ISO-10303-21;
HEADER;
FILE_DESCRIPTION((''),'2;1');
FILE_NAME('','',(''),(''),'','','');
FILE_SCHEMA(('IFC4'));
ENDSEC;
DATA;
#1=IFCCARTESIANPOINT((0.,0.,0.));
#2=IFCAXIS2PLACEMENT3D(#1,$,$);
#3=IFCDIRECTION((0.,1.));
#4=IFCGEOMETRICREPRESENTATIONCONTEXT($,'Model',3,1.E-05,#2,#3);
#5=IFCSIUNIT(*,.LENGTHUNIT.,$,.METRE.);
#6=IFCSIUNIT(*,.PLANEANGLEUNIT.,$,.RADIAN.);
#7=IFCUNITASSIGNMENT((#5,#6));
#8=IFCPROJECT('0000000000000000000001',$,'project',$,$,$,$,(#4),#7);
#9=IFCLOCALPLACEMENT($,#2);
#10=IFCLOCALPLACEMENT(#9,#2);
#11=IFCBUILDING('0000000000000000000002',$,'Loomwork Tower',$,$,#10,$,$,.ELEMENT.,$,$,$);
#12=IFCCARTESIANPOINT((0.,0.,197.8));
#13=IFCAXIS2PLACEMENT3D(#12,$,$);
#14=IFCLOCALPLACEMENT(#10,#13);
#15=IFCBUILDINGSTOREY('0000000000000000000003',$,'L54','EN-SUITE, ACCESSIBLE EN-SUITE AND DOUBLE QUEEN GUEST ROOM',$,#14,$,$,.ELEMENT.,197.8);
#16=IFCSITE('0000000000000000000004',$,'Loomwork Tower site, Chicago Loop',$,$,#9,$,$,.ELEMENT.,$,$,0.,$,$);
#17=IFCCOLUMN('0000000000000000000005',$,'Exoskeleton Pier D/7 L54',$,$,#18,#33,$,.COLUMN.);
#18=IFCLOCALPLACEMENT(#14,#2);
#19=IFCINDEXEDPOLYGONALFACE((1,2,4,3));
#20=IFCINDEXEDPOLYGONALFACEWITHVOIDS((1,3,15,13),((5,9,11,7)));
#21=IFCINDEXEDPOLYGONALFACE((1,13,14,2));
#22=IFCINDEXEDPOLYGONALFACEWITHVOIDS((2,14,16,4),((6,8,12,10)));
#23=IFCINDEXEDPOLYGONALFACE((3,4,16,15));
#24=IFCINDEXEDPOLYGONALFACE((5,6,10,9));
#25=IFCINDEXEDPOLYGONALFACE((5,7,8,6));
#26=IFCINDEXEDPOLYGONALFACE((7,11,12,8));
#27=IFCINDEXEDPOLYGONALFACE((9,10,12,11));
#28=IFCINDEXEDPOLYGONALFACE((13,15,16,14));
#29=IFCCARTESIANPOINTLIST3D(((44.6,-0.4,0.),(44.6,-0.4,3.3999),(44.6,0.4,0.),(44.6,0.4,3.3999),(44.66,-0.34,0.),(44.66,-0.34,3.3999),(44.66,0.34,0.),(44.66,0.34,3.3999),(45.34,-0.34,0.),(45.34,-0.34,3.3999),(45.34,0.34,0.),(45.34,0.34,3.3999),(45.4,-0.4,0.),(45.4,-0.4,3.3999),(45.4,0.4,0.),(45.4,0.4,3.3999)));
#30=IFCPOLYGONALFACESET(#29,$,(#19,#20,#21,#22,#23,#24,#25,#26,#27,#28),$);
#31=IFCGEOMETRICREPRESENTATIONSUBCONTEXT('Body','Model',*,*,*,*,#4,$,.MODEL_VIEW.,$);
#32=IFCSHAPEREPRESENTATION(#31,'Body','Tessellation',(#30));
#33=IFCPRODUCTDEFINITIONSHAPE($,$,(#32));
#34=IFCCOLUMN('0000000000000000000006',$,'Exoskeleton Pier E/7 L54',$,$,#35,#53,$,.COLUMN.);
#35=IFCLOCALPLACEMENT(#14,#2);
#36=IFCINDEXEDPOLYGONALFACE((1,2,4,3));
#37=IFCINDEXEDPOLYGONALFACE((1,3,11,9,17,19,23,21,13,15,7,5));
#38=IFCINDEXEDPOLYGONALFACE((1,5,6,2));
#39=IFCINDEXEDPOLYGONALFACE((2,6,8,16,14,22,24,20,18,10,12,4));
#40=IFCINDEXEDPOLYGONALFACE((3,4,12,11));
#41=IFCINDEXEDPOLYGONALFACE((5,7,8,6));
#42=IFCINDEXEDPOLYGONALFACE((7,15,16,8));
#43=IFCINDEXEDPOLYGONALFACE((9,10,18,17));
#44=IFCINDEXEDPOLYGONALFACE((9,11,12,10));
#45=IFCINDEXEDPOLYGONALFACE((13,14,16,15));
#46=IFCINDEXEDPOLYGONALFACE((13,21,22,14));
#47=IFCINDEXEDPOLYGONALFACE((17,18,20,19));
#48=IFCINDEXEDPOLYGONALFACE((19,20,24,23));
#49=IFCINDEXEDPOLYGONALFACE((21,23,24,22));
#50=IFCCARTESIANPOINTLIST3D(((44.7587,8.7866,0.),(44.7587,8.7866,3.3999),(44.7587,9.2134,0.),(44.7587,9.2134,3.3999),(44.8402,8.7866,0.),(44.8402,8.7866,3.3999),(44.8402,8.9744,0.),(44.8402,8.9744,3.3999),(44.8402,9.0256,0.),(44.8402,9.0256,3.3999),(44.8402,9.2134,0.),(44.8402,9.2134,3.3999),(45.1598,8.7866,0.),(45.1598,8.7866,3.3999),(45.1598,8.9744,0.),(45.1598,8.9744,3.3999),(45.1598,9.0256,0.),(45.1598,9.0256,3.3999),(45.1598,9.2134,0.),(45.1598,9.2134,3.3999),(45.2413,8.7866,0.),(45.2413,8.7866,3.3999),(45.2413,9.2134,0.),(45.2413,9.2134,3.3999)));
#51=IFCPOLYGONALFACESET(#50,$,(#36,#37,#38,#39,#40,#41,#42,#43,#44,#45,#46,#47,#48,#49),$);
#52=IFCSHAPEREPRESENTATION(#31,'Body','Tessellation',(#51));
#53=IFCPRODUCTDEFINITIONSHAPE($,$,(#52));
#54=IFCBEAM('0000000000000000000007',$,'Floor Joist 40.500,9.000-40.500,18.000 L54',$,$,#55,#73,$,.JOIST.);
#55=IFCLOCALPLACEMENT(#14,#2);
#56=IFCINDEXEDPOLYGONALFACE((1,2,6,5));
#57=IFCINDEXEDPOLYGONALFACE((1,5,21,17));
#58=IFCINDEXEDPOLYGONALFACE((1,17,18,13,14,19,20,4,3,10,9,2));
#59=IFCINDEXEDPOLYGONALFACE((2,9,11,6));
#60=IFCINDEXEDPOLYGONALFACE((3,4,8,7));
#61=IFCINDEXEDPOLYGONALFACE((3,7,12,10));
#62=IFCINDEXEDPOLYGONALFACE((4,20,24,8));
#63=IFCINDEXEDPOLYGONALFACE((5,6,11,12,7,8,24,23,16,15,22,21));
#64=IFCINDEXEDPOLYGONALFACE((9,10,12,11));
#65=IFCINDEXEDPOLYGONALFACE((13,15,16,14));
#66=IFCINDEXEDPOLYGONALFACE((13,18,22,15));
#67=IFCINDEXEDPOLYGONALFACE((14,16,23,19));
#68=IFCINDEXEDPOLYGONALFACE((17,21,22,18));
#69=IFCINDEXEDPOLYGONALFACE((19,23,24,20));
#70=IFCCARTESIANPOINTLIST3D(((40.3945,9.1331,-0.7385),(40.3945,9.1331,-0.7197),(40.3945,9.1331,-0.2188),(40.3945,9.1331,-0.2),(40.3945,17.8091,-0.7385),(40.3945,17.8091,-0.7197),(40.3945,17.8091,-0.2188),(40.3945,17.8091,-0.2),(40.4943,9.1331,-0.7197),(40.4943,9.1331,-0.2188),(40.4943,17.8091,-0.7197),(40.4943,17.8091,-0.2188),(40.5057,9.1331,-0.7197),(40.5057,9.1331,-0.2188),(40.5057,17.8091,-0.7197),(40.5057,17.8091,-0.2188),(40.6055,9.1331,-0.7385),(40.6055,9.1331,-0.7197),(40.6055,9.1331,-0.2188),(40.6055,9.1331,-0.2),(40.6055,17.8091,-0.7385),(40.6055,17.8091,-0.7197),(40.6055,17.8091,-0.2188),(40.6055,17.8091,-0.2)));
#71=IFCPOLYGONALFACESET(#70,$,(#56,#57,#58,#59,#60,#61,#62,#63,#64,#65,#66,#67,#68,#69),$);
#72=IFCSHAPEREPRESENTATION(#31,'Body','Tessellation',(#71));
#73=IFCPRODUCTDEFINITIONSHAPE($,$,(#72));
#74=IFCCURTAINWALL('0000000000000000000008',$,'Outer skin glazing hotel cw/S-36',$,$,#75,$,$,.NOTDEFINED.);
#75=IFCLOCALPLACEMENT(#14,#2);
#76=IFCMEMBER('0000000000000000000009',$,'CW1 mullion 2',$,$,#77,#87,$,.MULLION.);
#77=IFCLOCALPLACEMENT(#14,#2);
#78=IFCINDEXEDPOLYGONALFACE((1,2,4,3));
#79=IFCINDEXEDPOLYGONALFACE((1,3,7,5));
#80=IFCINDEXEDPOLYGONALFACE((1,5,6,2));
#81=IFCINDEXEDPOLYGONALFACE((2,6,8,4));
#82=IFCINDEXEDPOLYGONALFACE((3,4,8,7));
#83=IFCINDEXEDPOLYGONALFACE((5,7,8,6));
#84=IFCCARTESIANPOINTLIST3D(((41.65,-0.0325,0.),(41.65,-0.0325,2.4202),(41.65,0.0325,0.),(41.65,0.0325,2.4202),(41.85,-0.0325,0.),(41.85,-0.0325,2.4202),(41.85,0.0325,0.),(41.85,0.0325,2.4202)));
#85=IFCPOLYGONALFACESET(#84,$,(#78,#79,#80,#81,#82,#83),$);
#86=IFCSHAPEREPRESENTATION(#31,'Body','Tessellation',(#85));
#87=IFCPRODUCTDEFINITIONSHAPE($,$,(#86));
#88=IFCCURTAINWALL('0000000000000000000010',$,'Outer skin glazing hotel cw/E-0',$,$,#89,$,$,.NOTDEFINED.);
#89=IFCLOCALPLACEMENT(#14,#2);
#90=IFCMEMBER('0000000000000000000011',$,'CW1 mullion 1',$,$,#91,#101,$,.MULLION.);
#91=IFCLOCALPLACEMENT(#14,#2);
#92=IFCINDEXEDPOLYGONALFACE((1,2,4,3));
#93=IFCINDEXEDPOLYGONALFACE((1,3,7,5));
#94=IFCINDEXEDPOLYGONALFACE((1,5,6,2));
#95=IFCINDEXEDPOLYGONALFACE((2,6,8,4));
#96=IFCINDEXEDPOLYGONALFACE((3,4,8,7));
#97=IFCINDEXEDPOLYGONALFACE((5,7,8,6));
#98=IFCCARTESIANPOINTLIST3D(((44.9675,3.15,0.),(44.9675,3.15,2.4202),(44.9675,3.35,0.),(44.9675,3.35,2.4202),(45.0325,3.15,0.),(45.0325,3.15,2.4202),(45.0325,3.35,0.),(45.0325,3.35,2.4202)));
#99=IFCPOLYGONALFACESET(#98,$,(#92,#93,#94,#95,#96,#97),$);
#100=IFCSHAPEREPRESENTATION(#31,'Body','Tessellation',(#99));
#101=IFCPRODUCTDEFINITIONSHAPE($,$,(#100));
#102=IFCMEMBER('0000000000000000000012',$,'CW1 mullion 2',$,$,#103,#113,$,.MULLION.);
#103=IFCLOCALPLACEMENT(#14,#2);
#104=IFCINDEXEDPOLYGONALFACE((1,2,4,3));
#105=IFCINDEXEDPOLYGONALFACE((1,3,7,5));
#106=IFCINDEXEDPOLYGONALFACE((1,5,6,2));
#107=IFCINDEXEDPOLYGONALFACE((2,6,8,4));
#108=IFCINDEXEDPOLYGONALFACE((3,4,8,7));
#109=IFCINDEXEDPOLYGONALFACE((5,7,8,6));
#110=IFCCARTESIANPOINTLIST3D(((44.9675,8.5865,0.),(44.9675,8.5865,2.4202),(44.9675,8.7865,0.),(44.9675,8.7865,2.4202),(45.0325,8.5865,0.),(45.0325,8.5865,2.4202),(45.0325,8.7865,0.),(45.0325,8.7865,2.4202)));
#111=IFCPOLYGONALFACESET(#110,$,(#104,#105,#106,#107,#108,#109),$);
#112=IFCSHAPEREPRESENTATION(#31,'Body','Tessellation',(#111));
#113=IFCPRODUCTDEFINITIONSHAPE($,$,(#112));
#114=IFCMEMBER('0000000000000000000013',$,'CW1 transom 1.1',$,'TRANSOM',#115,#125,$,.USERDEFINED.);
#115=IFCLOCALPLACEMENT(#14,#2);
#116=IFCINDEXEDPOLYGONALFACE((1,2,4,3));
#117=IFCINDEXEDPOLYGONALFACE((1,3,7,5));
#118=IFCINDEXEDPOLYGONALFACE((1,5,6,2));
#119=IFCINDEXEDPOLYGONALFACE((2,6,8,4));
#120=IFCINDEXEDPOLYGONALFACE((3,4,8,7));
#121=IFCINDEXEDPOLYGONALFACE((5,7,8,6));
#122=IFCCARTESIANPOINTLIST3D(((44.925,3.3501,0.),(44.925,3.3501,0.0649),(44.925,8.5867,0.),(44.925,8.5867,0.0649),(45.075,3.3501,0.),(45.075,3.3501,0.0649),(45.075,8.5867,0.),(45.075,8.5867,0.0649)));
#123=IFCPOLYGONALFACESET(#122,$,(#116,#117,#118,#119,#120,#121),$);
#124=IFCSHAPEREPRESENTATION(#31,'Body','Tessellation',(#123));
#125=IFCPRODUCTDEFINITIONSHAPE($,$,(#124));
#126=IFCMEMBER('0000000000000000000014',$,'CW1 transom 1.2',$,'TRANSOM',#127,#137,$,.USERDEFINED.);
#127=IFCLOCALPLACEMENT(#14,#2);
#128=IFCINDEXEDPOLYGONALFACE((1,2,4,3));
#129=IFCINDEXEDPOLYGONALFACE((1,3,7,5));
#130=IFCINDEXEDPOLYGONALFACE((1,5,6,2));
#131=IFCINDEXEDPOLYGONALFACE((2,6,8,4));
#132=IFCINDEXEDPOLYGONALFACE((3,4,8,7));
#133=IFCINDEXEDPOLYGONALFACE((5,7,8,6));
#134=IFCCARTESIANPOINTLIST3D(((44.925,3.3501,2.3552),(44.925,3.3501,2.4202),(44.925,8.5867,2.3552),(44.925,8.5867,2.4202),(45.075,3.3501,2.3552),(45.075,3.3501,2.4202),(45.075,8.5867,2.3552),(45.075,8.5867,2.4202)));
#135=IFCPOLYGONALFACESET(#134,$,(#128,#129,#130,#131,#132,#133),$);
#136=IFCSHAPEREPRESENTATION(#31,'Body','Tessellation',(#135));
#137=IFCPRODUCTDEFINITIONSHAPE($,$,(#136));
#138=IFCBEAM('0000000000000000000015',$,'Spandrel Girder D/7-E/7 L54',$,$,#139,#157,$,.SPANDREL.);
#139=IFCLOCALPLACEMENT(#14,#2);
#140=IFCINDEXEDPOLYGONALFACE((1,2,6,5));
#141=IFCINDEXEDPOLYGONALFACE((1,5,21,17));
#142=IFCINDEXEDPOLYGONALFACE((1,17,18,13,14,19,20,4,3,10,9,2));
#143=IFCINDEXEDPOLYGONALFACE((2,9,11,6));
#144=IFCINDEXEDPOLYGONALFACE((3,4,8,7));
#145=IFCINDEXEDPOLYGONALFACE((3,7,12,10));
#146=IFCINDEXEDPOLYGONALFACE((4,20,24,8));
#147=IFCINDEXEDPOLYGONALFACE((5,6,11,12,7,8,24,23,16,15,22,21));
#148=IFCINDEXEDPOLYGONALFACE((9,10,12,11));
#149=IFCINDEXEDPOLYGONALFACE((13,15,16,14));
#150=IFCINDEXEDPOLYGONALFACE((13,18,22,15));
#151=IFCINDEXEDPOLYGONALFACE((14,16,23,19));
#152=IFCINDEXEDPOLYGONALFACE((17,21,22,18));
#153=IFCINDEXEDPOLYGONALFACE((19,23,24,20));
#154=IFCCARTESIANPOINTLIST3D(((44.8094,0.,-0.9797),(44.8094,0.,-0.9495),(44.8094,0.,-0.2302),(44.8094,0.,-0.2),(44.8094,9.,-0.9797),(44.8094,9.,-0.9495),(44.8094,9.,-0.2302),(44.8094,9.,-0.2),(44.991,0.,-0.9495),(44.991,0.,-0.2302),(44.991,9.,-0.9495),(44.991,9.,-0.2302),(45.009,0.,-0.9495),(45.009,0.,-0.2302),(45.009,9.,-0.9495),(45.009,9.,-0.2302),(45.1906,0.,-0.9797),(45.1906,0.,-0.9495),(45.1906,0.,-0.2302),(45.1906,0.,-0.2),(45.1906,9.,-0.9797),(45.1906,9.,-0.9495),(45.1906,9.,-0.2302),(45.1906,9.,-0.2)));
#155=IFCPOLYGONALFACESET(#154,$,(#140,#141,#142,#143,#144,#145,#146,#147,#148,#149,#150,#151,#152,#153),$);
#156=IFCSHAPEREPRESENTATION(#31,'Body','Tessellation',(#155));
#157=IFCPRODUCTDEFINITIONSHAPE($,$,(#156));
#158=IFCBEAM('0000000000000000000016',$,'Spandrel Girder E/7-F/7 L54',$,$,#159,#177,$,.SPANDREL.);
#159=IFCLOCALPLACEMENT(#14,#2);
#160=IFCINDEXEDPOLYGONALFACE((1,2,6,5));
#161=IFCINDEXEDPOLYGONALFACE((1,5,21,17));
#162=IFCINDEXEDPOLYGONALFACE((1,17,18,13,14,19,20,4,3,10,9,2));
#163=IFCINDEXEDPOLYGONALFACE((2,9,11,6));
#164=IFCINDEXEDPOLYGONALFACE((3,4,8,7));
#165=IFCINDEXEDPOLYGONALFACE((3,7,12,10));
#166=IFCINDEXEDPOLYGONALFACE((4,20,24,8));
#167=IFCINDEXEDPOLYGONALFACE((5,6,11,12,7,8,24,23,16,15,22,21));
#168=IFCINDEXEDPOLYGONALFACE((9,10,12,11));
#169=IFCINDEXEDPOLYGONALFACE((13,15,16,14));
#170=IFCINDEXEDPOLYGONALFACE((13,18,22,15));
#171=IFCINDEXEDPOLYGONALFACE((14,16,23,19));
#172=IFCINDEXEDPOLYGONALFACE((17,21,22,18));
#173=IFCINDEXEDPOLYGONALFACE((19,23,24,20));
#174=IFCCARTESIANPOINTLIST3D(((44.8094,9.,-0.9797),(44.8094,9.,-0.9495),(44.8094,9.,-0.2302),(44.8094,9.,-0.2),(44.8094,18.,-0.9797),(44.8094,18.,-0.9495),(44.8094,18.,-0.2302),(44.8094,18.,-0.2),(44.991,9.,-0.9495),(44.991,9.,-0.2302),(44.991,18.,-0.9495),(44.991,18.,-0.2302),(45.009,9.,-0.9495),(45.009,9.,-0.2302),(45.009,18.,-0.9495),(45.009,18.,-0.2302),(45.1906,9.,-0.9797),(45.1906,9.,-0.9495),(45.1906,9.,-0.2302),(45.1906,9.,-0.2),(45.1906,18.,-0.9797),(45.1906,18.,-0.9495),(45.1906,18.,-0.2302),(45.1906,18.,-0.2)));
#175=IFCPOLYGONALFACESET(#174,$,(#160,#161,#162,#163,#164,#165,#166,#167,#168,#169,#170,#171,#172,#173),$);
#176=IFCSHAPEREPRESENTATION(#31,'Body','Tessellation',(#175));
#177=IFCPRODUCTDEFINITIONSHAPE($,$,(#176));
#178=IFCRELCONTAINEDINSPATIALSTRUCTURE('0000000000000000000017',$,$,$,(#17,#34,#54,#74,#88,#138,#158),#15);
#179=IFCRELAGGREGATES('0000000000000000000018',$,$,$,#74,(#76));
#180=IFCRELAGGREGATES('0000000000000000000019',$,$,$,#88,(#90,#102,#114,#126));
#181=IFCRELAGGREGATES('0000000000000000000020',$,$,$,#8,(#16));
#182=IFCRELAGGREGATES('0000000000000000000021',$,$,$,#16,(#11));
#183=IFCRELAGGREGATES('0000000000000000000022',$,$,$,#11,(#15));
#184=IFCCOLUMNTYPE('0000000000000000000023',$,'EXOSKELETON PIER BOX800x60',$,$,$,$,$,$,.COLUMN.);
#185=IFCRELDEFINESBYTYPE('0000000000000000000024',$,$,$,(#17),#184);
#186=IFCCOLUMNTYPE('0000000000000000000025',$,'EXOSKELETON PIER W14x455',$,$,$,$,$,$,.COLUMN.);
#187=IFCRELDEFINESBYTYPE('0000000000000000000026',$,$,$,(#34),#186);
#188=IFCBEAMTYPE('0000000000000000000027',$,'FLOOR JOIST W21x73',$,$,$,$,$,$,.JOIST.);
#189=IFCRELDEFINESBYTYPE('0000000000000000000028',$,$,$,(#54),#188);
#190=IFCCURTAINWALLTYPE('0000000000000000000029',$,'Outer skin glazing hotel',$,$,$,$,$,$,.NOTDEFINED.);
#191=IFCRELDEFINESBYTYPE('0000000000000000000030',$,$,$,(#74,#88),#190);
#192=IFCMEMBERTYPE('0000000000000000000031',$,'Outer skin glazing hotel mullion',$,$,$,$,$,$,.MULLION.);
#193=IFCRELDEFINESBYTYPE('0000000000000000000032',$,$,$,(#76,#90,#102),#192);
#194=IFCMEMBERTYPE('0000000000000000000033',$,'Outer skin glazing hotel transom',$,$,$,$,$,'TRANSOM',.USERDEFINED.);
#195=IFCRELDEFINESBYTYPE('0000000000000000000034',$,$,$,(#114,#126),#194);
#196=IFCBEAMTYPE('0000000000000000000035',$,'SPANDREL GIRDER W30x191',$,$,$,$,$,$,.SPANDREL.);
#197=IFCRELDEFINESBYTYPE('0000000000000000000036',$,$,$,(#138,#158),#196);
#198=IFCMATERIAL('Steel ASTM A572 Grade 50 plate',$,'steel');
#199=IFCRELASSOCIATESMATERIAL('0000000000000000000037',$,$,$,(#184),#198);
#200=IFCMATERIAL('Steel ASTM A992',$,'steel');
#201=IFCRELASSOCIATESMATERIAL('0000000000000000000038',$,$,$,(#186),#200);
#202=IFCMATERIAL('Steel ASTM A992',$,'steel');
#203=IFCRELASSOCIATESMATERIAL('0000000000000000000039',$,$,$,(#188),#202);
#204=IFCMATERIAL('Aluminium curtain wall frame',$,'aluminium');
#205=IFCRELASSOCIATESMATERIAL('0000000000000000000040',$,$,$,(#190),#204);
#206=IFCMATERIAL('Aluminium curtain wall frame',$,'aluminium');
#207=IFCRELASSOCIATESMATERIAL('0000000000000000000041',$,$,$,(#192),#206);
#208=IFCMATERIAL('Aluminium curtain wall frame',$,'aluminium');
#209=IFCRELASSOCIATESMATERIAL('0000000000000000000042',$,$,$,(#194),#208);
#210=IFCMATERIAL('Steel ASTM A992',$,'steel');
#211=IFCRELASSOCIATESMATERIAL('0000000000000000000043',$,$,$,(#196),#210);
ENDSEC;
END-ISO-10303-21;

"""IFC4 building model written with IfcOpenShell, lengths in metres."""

from ifc_helpers import new_model, si_unit, direction, frame, origin, origin_2d, place, context, subcontext, project, spatial, rectangle, hollow_rectangle, i_section, extrude, material, material_profile, profile_set, type_object, element, aggregate, save


model = new_model("IFC4")

# Units and contexts
model_context = context("Model", 3, precision=1e-05, world=origin(), true_north=direction((0.0, 1.0)))
body_context = subcontext(model_context, "Body", "Model", "MODEL_VIEW")
ifc_project = project(units=[si_unit("LENGTHUNIT", "METRE"), si_unit("PLANEANGLEUNIT", "RADIAN")], contexts=[model_context])

# Site, building, storey
site_placement = place(None, origin())
site = spatial("IfcSite", under=ifc_project, at=site_placement, Name="Loomwork Tower site, Chicago Loop", CompositionType="ELEMENT", RefElevation=0.0)
building_placement = place(site_placement, origin())
building = spatial("IfcBuilding", under=site, at=building_placement, Name="Loomwork Tower", CompositionType="ELEMENT")
storey_placement = place(building_placement, frame((0.0, 0.0, 197.8)))
storey = spatial("IfcBuildingStorey", under=building, at=storey_placement, Name="L54", Description="EN-SUITE, ACCESSIBLE EN-SUITE AND DOUBLE QUEEN GUEST ROOM", CompositionType="ELEMENT", Elevation=197.8)

# Columns
ifc_material_1 = material(Name="Steel ASTM A572 Grade 50 plate", Category="steel")
ifc_material_profile_1 = material_profile(ifc_material_1, hollow_rectangle(XDim=0.8, YDim=0.8, WallThickness=0.0601, at=origin_2d()), Name="BOX800x60")
ifc_profile_set_1 = profile_set([ifc_material_profile_1], Name="Steel ASTM A572 Grade 50 plate")
column_type_1 = type_object("IfcColumnType", Name="EXOSKELETON PIER BOX800x60", PredefinedType="COLUMN", material=ifc_profile_set_1)
column_1_placement = place(storey_placement, frame((45.0, 0.0, 0.0), z_axis=(0.0, 0.0, 1.0), x_axis=(1.0, 0.0, 0.0)))
element("IfcColumn", 1, at=column_1_placement, inside=storey, type_object=column_type_1, Name="Exoskeleton Pier D/7 L54", PredefinedType="COLUMN", context=body_context, shape_type="SweptSolid", body=[
    extrude(hollow_rectangle(XDim=0.8, YDim=0.8, WallThickness=0.0601, at=origin_2d()), origin(), (0.0, 0.0, 1.0), 3.3999),
])
ifc_material_2 = material(Name="Steel ASTM A992", Category="steel")
ifc_material_profile_2 = material_profile(ifc_material_2, i_section(OverallWidth=0.4268, OverallDepth=0.4827, WebThickness=0.0513, FlangeThickness=0.0815, at=origin_2d()), Name="W14x455")
ifc_profile_set_2 = profile_set([ifc_material_profile_2], Name="Steel ASTM A992")
column_type_2 = type_object("IfcColumnType", Name="EXOSKELETON PIER W14x455", PredefinedType="COLUMN", material=ifc_profile_set_2)
column_2_placement = place(storey_placement, frame((45.0, 9.0, 0.0), z_axis=(0.0, 0.0, 1.0), x_axis=(0.0, 1.0, 0.0)))
element("IfcColumn", 2, at=column_2_placement, inside=storey, type_object=column_type_2, Name="Exoskeleton Pier E/7 L54", PredefinedType="COLUMN", context=body_context, shape_type="SweptSolid", body=[
    extrude(i_section(OverallWidth=0.4268, OverallDepth=0.4827, WebThickness=0.0513, FlangeThickness=0.0815, at=origin_2d()), origin(), (0.0, 0.0, 1.0), 3.3999),
])

# Beam
ifc_material_3 = material(Name="Steel ASTM A992", Category="steel")
ifc_material_profile_3 = material_profile(ifc_material_3, i_section(OverallWidth=0.2109, OverallDepth=0.5386, WebThickness=0.0115, FlangeThickness=0.0188, at=origin_2d()), Name="W21x73")
ifc_profile_set_3 = profile_set([ifc_material_profile_3], Name="Steel ASTM A992")
beam_type_1 = type_object("IfcBeamType", Name="FLOOR JOIST W21x73", PredefinedType="JOIST", material=ifc_profile_set_3)
beam_placement = place(storey_placement, frame((40.5, 9.1331, -0.4692), z_axis=(0.0, 1.0, 0.0), x_axis=(-1.0, 0.0, 0.0)))
element("IfcBeam", 3, at=beam_placement, inside=storey, type_object=beam_type_1, Name="Floor Joist 40.500,9.000-40.500,18.000 L54", PredefinedType="JOIST", context=body_context, shape_type="SweptSolid", body=[
    extrude(i_section(OverallWidth=0.2109, OverallDepth=0.5386, WebThickness=0.0115, FlangeThickness=0.0188, at=origin_2d()), origin(), (0.0, 0.0, 1.0), 8.676),
])

# Curtain wall, member
ifc_material_4 = material(Name="Aluminium curtain wall frame", Category="aluminium")
curtain_wall_type = type_object("IfcCurtainWallType", Name="Outer skin glazing hotel", PredefinedType="NOTDEFINED", material=ifc_material_4)
curtain_wall_1_placement = place(storey_placement, origin())
curtain_wall_1 = element("IfcCurtainWall", 4, at=curtain_wall_1_placement, inside=storey, type_object=curtain_wall_type, Name="Outer skin glazing hotel cw/S-36", PredefinedType="NOTDEFINED")
ifc_material_5 = material(Name="Aluminium curtain wall frame", Category="aluminium")
ifc_material_profile_4 = material_profile(ifc_material_5, rectangle(XDim=0.0649, YDim=0.2, at=origin_2d()), Name="AL 65x200")
ifc_profile_set_4 = profile_set([ifc_material_profile_4], Name="Aluminium curtain wall frame")
member_type_1 = type_object("IfcMemberType", Name="Outer skin glazing hotel mullion", PredefinedType="MULLION", material=ifc_profile_set_4)
member_1_placement = place(storey_placement, frame((41.75, 0.0, 0.0), z_axis=(0.0, 0.0, 1.0), x_axis=(0.0, 1.0, 0.0)))
member_1 = element("IfcMember", 5, at=member_1_placement, type_object=member_type_1, Name="CW1 mullion 2", PredefinedType="MULLION", context=body_context, shape_type="SweptSolid", body=[
    extrude(rectangle(XDim=0.0649, YDim=0.2, at=origin_2d()), origin(), (0.0, 0.0, 1.0), 2.4202),
])
aggregate(curtain_wall_1, [member_1])

# Curtain wall, members
curtain_wall_2_placement = place(storey_placement, origin())
curtain_wall_2 = element("IfcCurtainWall", 6, at=curtain_wall_2_placement, inside=storey, type_object=curtain_wall_type, Name="Outer skin glazing hotel cw/E-0", PredefinedType="NOTDEFINED")
member_2_placement = place(storey_placement, frame((45.0, 3.25, 0.0), z_axis=(0.0, 0.0, 1.0), x_axis=(-1.0, 0.0, 0.0)))
member_2 = element("IfcMember", 7, at=member_2_placement, type_object=member_type_1, Name="CW1 mullion 1", PredefinedType="MULLION", context=body_context, shape_type="SweptSolid", body=[
    extrude(rectangle(XDim=0.0649, YDim=0.2, at=origin_2d()), origin(), (0.0, 0.0, 1.0), 2.4202),
])
member_3_placement = place(storey_placement, frame((45.0, 8.6865, 0.0), z_axis=(0.0, 0.0, 1.0), x_axis=(-1.0, 0.0, 0.0)))
member_3 = element("IfcMember", 8, at=member_3_placement, type_object=member_type_1, Name="CW1 mullion 2", PredefinedType="MULLION", context=body_context, shape_type="SweptSolid", body=[
    extrude(rectangle(XDim=0.0649, YDim=0.2, at=origin_2d()), origin(), (0.0, 0.0, 1.0), 2.4202),
])
ifc_material_6 = material(Name="Aluminium curtain wall frame", Category="aluminium")
ifc_material_profile_5 = material_profile(ifc_material_6, rectangle(XDim=0.1499, YDim=0.0649, at=origin_2d()), Name="AL 65x150")
ifc_profile_set_5 = profile_set([ifc_material_profile_5], Name="Aluminium curtain wall frame")
member_type_2 = type_object("IfcMemberType", Name="Outer skin glazing hotel transom", ElementType="TRANSOM", PredefinedType="USERDEFINED", material=ifc_profile_set_5)
member_4_placement = place(storey_placement, frame((45.0, 3.3501, 0.0325), z_axis=(0.0, 1.0, 0.0), x_axis=(-1.0, 0.0, 0.0)))
member_4 = element("IfcMember", 9, at=member_4_placement, type_object=member_type_2, Name="CW1 transom 1.1", ObjectType="TRANSOM", PredefinedType="USERDEFINED", context=body_context, shape_type="SweptSolid", body=[
    extrude(rectangle(XDim=0.1499, YDim=0.0649, at=origin_2d()), origin(), (0.0, 0.0, 1.0), 5.2366),
])
member_5_placement = place(storey_placement, frame((45.0, 3.3501, 2.3877), z_axis=(0.0, 1.0, 0.0), x_axis=(-1.0, 0.0, 0.0)))
member_5 = element("IfcMember", 10, at=member_5_placement, type_object=member_type_2, Name="CW1 transom 1.2", ObjectType="TRANSOM", PredefinedType="USERDEFINED", context=body_context, shape_type="SweptSolid", body=[
    extrude(rectangle(XDim=0.1499, YDim=0.0649, at=origin_2d()), origin(), (0.0, 0.0, 1.0), 5.2366),
])

# Beams
ifc_material_7 = material(Name="Steel ASTM A992", Category="steel")
ifc_material_profile_6 = material_profile(ifc_material_7, i_section(OverallWidth=0.3811, OverallDepth=0.7798, WebThickness=0.0181, FlangeThickness=0.0303, at=origin_2d()), Name="W30x191")
ifc_profile_set_6 = profile_set([ifc_material_profile_6], Name="Steel ASTM A992")
beam_type_2 = type_object("IfcBeamType", Name="SPANDREL GIRDER W30x191", PredefinedType="SPANDREL", material=ifc_profile_set_6)
for number, where, z_axis, x_axis, name in (
    (11, (45.0, 0.0, -0.5898), (0.0, 1.0, 0.0), (-1.0, 0.0, 0.0), "Spandrel Girder D/7-E/7 L54"),
    (12, (45.0, 9.0, -0.5898), (0.0, 1.0, 0.0), (-1.0, 0.0, 0.0), "Spandrel Girder E/7-F/7 L54"),
):
    element("IfcBeam", number, at=place(storey_placement, frame(where, z_axis=z_axis, x_axis=x_axis)), inside=storey, type_object=beam_type_2, Name=name, PredefinedType="SPANDREL", context=body_context, shape_type="SweptSolid", body=[
        extrude(i_section(OverallWidth=0.3811, OverallDepth=0.7798, WebThickness=0.0181, FlangeThickness=0.0303, at=origin_2d()), origin(), (0.0, 0.0, 1.0), 9.0),
    ])

aggregate(curtain_wall_2, [member_2, member_3, member_4, member_5])

save(model, "model.ifc")
